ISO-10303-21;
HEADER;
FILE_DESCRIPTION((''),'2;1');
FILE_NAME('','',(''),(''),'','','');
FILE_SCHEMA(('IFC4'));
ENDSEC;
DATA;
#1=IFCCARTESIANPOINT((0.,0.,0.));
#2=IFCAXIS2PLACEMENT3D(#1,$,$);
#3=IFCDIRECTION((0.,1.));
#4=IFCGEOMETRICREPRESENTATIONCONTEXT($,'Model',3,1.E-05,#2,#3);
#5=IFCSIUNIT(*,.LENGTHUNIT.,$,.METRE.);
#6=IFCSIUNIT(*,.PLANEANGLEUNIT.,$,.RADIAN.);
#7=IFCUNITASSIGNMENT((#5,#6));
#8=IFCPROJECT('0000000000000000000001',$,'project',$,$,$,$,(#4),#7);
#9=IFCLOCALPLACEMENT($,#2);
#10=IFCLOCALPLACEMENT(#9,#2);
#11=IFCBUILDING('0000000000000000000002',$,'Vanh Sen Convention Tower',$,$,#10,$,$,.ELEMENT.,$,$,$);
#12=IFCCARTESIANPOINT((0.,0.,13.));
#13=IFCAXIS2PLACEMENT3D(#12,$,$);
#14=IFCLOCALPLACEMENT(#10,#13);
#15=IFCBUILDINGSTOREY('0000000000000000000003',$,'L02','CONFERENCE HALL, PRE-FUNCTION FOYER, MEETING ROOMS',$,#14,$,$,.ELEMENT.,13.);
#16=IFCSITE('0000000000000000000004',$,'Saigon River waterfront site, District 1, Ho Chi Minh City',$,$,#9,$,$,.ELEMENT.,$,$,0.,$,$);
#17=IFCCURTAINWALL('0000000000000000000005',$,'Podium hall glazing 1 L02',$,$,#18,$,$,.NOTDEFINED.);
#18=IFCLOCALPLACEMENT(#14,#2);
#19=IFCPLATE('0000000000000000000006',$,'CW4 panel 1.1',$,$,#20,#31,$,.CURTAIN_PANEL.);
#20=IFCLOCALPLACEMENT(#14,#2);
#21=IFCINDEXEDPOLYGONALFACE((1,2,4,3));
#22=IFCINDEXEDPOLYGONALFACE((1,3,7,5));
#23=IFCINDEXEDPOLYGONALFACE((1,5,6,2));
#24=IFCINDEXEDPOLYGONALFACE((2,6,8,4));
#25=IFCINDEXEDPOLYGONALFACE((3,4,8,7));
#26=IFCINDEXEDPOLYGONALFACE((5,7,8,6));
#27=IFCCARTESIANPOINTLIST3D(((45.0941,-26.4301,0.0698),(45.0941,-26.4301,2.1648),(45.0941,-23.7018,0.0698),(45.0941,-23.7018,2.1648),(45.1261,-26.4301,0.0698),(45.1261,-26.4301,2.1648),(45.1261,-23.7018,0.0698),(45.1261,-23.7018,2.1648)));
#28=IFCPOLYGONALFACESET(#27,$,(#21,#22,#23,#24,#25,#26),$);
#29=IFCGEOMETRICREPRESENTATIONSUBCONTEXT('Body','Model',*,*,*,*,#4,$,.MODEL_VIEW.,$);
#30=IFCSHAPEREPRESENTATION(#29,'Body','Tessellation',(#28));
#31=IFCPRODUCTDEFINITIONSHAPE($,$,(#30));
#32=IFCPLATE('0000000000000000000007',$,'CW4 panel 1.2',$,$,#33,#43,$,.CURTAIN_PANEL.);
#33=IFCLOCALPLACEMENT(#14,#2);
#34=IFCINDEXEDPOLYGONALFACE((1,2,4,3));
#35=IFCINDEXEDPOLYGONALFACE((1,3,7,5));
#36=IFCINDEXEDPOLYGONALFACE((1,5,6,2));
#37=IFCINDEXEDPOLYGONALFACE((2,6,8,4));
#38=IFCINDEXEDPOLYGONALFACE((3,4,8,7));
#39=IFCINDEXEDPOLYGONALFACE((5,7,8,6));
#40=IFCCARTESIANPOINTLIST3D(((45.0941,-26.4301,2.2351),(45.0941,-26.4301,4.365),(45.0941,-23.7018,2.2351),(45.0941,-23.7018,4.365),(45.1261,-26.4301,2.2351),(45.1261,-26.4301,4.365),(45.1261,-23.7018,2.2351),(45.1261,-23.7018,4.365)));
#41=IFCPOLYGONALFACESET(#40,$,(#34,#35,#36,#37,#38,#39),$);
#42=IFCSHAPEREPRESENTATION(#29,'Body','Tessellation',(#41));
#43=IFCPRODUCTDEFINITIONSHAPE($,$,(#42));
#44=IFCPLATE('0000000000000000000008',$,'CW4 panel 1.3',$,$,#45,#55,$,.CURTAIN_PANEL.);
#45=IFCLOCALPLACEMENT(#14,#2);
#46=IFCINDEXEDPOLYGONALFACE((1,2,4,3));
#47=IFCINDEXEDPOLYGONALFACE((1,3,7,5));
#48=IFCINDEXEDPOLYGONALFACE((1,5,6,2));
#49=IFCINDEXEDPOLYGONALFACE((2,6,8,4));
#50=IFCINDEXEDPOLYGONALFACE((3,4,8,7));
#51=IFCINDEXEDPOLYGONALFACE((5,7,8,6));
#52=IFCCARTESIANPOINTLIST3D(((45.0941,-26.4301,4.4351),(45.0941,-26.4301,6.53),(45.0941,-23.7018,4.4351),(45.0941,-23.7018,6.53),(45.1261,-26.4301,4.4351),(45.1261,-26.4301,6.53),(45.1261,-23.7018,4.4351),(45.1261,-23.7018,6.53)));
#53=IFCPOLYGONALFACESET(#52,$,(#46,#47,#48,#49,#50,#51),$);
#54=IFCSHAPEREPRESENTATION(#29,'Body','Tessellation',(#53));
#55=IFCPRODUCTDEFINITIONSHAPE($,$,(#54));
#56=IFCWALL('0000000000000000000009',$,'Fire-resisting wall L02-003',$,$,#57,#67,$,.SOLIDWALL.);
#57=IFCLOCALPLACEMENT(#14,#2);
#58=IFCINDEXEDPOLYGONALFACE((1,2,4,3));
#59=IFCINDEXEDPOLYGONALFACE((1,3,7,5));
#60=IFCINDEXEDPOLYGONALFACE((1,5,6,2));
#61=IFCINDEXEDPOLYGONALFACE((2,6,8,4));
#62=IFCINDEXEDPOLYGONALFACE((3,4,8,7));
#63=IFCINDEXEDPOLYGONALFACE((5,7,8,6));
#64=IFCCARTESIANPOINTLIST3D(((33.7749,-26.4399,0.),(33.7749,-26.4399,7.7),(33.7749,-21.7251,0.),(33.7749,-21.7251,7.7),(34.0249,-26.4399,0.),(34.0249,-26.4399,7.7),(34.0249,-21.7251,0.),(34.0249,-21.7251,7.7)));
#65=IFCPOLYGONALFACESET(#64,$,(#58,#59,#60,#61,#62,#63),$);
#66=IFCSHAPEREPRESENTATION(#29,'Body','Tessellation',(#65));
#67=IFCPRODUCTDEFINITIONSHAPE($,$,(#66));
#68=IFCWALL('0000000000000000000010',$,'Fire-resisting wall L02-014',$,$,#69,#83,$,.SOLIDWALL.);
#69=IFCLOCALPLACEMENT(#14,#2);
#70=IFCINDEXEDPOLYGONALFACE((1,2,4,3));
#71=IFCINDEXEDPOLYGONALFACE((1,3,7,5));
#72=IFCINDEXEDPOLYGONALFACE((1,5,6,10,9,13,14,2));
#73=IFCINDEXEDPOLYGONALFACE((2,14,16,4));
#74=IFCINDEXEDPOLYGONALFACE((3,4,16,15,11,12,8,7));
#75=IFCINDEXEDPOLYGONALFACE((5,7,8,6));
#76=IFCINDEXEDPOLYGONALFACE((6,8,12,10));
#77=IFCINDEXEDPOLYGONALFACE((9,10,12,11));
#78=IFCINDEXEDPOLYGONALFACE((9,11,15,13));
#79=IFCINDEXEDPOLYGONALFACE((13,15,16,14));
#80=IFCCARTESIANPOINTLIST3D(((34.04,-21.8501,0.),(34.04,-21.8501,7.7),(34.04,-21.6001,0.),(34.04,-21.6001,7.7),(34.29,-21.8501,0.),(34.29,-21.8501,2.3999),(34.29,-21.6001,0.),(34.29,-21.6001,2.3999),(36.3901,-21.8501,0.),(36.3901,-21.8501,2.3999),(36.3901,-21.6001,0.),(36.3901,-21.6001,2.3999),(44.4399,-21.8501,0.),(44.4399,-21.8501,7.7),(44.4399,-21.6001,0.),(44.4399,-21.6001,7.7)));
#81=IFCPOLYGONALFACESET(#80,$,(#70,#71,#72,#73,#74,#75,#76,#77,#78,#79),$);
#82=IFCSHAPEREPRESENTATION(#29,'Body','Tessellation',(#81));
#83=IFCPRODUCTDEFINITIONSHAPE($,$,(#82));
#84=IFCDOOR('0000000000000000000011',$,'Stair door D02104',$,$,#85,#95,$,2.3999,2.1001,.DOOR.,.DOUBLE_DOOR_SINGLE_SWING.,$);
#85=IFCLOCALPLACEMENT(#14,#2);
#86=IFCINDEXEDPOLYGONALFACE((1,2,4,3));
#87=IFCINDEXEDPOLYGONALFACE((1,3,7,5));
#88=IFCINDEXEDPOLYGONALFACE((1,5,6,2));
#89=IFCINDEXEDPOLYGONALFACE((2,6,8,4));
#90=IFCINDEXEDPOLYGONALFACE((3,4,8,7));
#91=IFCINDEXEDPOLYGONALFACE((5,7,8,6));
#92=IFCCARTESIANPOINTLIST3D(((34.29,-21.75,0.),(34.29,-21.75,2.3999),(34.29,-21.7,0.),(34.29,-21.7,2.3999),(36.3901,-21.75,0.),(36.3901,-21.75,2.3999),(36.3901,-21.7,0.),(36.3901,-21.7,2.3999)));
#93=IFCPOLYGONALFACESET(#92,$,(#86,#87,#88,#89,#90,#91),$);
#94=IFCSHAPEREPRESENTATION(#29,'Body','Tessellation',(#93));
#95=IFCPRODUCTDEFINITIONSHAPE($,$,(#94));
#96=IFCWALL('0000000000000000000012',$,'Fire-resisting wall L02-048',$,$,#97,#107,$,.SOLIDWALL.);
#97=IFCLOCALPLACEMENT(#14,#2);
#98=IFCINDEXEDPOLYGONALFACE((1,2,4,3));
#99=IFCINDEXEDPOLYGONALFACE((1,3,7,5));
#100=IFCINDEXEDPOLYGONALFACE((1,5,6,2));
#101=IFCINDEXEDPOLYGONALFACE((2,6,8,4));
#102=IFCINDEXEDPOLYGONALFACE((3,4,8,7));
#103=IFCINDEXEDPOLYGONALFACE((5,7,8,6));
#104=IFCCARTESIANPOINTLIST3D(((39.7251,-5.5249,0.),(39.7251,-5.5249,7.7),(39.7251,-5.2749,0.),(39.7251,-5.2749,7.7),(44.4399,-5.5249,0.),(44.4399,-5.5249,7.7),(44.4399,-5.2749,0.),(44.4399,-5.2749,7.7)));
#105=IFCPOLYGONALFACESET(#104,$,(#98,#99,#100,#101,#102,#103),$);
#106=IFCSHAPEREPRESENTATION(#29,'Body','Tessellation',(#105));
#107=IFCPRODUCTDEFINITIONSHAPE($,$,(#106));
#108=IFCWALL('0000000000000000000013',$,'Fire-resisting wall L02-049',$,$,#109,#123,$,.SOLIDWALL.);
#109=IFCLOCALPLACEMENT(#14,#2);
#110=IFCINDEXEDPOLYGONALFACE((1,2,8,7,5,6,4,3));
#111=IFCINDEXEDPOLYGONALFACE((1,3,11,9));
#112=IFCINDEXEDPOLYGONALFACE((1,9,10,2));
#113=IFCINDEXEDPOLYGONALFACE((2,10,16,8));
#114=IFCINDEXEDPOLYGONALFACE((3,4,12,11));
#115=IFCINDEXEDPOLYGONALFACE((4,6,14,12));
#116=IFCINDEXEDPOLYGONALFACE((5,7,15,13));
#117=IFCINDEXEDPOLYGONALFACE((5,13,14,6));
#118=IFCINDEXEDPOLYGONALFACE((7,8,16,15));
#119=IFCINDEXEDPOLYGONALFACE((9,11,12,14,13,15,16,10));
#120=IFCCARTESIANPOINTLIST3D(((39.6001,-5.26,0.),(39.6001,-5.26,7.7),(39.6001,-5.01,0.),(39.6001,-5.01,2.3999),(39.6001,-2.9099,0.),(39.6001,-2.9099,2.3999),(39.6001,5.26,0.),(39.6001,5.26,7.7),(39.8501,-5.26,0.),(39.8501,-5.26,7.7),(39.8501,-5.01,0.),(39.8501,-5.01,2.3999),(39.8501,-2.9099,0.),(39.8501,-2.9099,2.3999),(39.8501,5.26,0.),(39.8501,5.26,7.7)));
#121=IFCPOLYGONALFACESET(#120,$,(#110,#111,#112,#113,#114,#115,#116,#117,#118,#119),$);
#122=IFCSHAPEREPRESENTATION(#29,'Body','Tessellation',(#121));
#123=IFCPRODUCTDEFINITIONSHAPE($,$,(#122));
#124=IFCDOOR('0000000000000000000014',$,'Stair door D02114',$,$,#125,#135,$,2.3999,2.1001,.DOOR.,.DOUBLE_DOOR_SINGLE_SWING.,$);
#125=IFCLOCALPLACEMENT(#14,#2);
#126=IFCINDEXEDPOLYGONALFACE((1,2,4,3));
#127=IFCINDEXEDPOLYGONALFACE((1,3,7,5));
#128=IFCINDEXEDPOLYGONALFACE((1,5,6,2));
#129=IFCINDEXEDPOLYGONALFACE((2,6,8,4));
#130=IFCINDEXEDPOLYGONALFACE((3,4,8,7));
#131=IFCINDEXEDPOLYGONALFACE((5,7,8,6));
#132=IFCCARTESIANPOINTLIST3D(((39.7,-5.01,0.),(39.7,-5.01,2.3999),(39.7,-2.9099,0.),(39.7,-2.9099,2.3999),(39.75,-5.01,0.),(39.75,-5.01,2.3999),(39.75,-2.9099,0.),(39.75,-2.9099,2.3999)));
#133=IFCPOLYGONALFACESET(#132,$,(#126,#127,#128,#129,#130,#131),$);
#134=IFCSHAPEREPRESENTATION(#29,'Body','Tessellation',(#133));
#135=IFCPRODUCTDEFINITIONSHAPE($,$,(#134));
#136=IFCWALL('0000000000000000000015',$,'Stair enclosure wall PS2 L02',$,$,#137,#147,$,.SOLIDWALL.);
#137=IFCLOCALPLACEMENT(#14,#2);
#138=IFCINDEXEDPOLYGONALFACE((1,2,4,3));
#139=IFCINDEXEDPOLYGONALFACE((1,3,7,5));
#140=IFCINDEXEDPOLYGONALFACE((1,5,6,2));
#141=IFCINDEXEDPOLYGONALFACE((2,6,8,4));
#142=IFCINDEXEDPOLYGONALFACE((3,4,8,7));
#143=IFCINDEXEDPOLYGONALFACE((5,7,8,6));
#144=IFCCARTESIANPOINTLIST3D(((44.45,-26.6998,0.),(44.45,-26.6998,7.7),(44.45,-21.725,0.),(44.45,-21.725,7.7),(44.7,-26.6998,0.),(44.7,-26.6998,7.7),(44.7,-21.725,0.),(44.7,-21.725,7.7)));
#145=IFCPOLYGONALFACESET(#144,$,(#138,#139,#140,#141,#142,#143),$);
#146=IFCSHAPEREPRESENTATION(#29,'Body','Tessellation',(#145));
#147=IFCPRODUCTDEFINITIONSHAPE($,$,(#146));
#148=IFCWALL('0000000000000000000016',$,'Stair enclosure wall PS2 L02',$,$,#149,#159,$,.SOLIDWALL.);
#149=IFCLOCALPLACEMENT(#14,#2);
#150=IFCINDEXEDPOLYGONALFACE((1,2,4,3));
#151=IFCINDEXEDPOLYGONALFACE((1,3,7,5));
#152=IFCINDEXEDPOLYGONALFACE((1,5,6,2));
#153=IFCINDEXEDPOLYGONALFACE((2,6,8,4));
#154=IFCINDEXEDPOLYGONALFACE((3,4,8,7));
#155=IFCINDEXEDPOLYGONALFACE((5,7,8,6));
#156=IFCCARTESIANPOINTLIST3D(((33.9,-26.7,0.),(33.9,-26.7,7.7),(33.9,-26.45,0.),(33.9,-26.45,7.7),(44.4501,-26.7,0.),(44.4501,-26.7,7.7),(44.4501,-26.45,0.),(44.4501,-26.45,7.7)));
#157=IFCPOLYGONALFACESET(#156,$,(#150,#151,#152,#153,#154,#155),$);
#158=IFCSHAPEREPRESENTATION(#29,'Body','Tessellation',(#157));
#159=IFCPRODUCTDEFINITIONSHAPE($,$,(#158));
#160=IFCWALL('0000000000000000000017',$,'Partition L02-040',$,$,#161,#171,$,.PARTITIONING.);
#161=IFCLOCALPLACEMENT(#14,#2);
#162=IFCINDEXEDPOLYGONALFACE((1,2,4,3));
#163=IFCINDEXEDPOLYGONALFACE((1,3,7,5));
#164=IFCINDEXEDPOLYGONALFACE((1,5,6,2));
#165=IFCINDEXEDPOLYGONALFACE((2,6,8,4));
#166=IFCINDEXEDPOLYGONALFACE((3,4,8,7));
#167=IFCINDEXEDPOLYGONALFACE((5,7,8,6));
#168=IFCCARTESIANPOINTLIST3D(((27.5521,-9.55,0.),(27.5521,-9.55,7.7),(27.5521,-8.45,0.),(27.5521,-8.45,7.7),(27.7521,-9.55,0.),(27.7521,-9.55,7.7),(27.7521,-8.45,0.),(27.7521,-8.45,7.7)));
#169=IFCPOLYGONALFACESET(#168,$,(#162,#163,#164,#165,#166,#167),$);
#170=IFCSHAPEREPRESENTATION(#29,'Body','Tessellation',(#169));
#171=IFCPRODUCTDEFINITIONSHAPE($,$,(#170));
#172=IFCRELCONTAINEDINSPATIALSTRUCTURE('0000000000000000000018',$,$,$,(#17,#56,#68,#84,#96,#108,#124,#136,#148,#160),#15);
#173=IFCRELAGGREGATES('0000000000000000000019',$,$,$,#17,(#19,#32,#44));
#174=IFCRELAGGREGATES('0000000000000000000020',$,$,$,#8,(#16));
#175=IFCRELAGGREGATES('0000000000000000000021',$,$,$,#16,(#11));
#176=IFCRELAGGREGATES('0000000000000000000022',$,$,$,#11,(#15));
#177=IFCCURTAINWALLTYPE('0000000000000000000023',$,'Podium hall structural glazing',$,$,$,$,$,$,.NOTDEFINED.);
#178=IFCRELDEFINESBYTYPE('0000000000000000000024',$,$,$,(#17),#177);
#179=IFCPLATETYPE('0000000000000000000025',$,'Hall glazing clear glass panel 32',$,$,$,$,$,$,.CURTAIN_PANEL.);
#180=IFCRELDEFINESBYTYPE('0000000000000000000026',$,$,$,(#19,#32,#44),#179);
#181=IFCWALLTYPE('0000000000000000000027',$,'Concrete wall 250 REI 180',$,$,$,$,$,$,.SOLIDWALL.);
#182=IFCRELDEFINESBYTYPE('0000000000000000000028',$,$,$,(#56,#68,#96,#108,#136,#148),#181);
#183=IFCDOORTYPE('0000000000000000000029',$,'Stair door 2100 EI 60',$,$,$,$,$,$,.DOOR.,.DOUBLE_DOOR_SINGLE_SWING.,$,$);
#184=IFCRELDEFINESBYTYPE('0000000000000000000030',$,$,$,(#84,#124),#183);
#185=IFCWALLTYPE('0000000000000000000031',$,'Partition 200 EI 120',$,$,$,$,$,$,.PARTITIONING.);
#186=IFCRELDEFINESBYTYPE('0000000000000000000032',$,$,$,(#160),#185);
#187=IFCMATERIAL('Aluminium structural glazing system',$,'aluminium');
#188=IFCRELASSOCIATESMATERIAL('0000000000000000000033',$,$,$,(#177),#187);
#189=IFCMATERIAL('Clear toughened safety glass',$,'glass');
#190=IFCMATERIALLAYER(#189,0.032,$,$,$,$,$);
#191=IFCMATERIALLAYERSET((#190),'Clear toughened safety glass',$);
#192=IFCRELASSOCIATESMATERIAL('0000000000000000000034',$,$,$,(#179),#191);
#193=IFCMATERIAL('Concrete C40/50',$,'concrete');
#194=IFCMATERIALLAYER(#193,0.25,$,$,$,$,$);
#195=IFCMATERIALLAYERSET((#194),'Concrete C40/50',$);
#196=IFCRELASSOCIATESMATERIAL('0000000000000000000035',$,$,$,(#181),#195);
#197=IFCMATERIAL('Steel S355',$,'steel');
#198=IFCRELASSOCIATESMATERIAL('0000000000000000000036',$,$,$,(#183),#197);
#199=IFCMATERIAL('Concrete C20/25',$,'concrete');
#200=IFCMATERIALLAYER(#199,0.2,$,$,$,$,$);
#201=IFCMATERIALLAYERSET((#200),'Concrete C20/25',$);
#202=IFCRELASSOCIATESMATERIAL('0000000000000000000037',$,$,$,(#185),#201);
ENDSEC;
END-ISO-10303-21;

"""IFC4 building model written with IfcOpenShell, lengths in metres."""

from ifc_helpers import new_model, si_unit, direction, frame, frame_2d, origin, origin_2d, place, context, subcontext, project, spatial, rectangle, extrude, material, layer, layer_set, type_object, element, fill, aggregate, save


model = new_model("IFC4")

# Units and contexts
model_context = context("Model", 3, precision=1e-05, world=origin(), true_north=direction((0.0, 1.0)))
body_context = subcontext(model_context, "Body", "Model", "MODEL_VIEW")
ifc_project = project(units=[si_unit("LENGTHUNIT", "METRE"), si_unit("PLANEANGLEUNIT", "RADIAN")], contexts=[model_context])

# Site, building, storey
site_placement = place(None, origin())
site = spatial("IfcSite", under=ifc_project, at=site_placement, Name="Saigon River waterfront site, District 1, Ho Chi Minh City", CompositionType="ELEMENT", RefElevation=0.0)
building_placement = place(site_placement, origin())
building = spatial("IfcBuilding", under=site, at=building_placement, Name="Vanh Sen Convention Tower", CompositionType="ELEMENT")
storey_placement = place(building_placement, frame((0.0, 0.0, 13.0)))
storey = spatial("IfcBuildingStorey", under=building, at=storey_placement, Name="L02", Description="CONFERENCE HALL, PRE-FUNCTION FOYER, MEETING ROOMS", CompositionType="ELEMENT", Elevation=13.0)

# Curtain wall
ifc_material_1 = material(Name="Aluminium structural glazing system", Category="aluminium")
curtain_wall_type = type_object("IfcCurtainWallType", Name="Podium hall structural glazing", PredefinedType="NOTDEFINED", material=ifc_material_1)
curtain_wall_placement = place(storey_placement, origin())
curtain_wall = element("IfcCurtainWall", 1, at=curtain_wall_placement, inside=storey, type_object=curtain_wall_type, Name="Podium hall glazing 1 L02", PredefinedType="NOTDEFINED")

# Plates
ifc_material_2 = material(Name="Clear toughened safety glass", Category="glass")
ifc_layer_1 = layer(ifc_material_2, 0.032)
ifc_layer_set_1 = layer_set([ifc_layer_1], Name="Clear toughened safety glass")
plate_type = type_object("IfcPlateType", Name="Hall glazing clear glass panel 32", PredefinedType="CURTAIN_PANEL", material=ifc_layer_set_1)
plate_1_placement = place(storey_placement, frame((45.1101, -25.0659, 0.0698), z_axis=(0.0, 0.0, 1.0), x_axis=(0.0, 1.0, 0.0)))
plate_1 = element("IfcPlate", 2, at=plate_1_placement, type_object=plate_type, Name="CW4 panel 1.1", PredefinedType="CURTAIN_PANEL", context=body_context, shape_type="SweptSolid", body=[
    extrude(rectangle(XDim=2.7283, YDim=0.032, at=origin_2d()), origin(), (0.0, 0.0, 1.0), 2.095),
])
plate_2_placement = place(storey_placement, frame((45.1101, -25.0659, 2.2351), z_axis=(0.0, 0.0, 1.0), x_axis=(0.0, 1.0, 0.0)))
plate_2 = element("IfcPlate", 3, at=plate_2_placement, type_object=plate_type, Name="CW4 panel 1.2", PredefinedType="CURTAIN_PANEL", context=body_context, shape_type="SweptSolid", body=[
    extrude(rectangle(XDim=2.7283, YDim=0.032, at=origin_2d()), origin(), (0.0, 0.0, 1.0), 2.1299),
])
plate_3_placement = place(storey_placement, frame((45.1101, -25.0659, 4.4351), z_axis=(0.0, 0.0, 1.0), x_axis=(0.0, 1.0, 0.0)))
plate_3 = element("IfcPlate", 4, at=plate_3_placement, type_object=plate_type, Name="CW4 panel 1.3", PredefinedType="CURTAIN_PANEL", context=body_context, shape_type="SweptSolid", body=[
    extrude(rectangle(XDim=2.7283, YDim=0.032, at=origin_2d()), origin(), (0.0, 0.0, 1.0), 2.095),
])
aggregate(curtain_wall, [plate_1, plate_2, plate_3])

# Wall
ifc_material_3 = material(Name="Concrete C40/50", Category="concrete")
ifc_layer_2 = layer(ifc_material_3, 0.25)
ifc_layer_set_2 = layer_set([ifc_layer_2], Name="Concrete C40/50")
wall_type_1 = type_object("IfcWallType", Name="Concrete wall 250 REI 180", PredefinedType="SOLIDWALL", material=ifc_layer_set_2)
wall_1_placement = place(storey_placement, frame((33.8999, -26.4399, 0.0), z_axis=(0.0, 0.0, 1.0), x_axis=(0.0, 1.0, 0.0)))
element("IfcWall", 5, at=wall_1_placement, inside=storey, type_object=wall_type_1, Name="Fire-resisting wall L02-003", PredefinedType="SOLIDWALL", context=body_context, shape_type="SweptSolid", body=[
    extrude(rectangle(XDim=4.7148, YDim=0.25, at=frame_2d((2.3574, 0.0))), origin(), (0.0, 0.0, 1.0), 7.7),
])

# Wall, opening, door
wall_2_placement = place(storey_placement, frame((34.04, -21.7251, 0.0), z_axis=(0.0, 0.0, 1.0), x_axis=(1.0, 0.0, 0.0)))
wall_2 = element("IfcWall", 6, at=wall_2_placement, inside=storey, type_object=wall_type_1, Name="Fire-resisting wall L02-014", PredefinedType="SOLIDWALL", context=body_context, shape_type="SweptSolid", body=[
    extrude(rectangle(XDim=10.3999, YDim=0.25, at=frame_2d((5.2, 0.0))), origin(), (0.0, 0.0, 1.0), 7.7),
])
opening_1_placement = place(wall_2_placement, frame((0.25, 0.0, 0.0)))
opening_1 = element("IfcOpeningElement", 7, at=opening_1_placement, cuts=wall_2, PredefinedType="OPENING", context=body_context, shape_type="SweptSolid", body=[
    extrude(rectangle(XDim=2.1001, YDim=2.3999, at=frame_2d((1.05, 1.2))), frame((0.0, 0.135, 0.0), z_axis=(0.0, -1.0, 0.0), x_axis=(1.0, 0.0, 0.0)), (0.0, 0.0, 1.0), 0.27),
])
ifc_material_4 = material(Name="Steel S355", Category="steel")
door_type = type_object("IfcDoorType", Name="Stair door 2100 EI 60", OperationType="DOUBLE_DOOR_SINGLE_SWING", PredefinedType="DOOR", material=ifc_material_4)
door_1_placement = place(opening_1_placement, frame((2.1001, 0.0, 0.0), z_axis=(0.0, 0.0, 1.0), x_axis=(-1.0, 0.0, 0.0)))
door_1 = element("IfcDoor", 8, at=door_1_placement, inside=storey, type_object=door_type, Name="Stair door D02104", OperationType="DOUBLE_DOOR_SINGLE_SWING", OverallHeight=2.3999, OverallWidth=2.1001, PredefinedType="DOOR", context=body_context, shape_type="SweptSolid", body=[
    extrude(rectangle(XDim=2.1001, YDim=2.3999, at=frame_2d((1.05, 1.2))), frame((0.0, 0.0249, 0.0), z_axis=(0.0, -1.0, 0.0), x_axis=(1.0, 0.0, 0.0)), (0.0, 0.0, 1.0), 0.05),
])
fill(opening_1, door_1)

# Wall
wall_3_placement = place(storey_placement, frame((44.4399, -5.3999, 0.0), z_axis=(0.0, 0.0, 1.0), x_axis=(-1.0, 0.0, 0.0)))
element("IfcWall", 9, at=wall_3_placement, inside=storey, type_object=wall_type_1, Name="Fire-resisting wall L02-048", PredefinedType="SOLIDWALL", context=body_context, shape_type="SweptSolid", body=[
    extrude(rectangle(XDim=4.7148, YDim=0.25, at=frame_2d((2.3574, 0.0))), origin(), (0.0, 0.0, 1.0), 7.7),
])

# Wall, opening, door
wall_4_placement = place(storey_placement, frame((39.7251, -5.26, 0.0), z_axis=(0.0, 0.0, 1.0), x_axis=(0.0, 1.0, 0.0)))
wall_4 = element("IfcWall", 10, at=wall_4_placement, inside=storey, type_object=wall_type_1, Name="Fire-resisting wall L02-049", PredefinedType="SOLIDWALL", context=body_context, shape_type="SweptSolid", body=[
    extrude(rectangle(XDim=10.52, YDim=0.25, at=frame_2d((5.26, 0.0))), origin(), (0.0, 0.0, 1.0), 7.7),
])
opening_2_placement = place(wall_4_placement, frame((0.25, 0.0, 0.0)))
opening_2 = element("IfcOpeningElement", 11, at=opening_2_placement, cuts=wall_4, PredefinedType="OPENING", context=body_context, shape_type="SweptSolid", body=[
    extrude(rectangle(XDim=2.1001, YDim=2.3999, at=frame_2d((1.05, 1.2))), frame((0.0, 0.135, 0.0), z_axis=(0.0, -1.0, 0.0), x_axis=(1.0, 0.0, 0.0)), (0.0, 0.0, 1.0), 0.27),
])
door_2_placement = place(opening_2_placement, frame((2.1001, 0.0, 0.0), z_axis=(0.0, 0.0, 1.0), x_axis=(-1.0, 0.0, 0.0)))
door_2 = element("IfcDoor", 12, at=door_2_placement, inside=storey, type_object=door_type, Name="Stair door D02114", OperationType="DOUBLE_DOOR_SINGLE_SWING", OverallHeight=2.3999, OverallWidth=2.1001, PredefinedType="DOOR", context=body_context, shape_type="SweptSolid", body=[
    extrude(rectangle(XDim=2.1001, YDim=2.3999, at=frame_2d((1.05, 1.2))), frame((0.0, 0.0249, 0.0), z_axis=(0.0, -1.0, 0.0), x_axis=(1.0, 0.0, 0.0)), (0.0, 0.0, 1.0), 0.05),
])
fill(opening_2, door_2)

# Walls
wall_5_placement = place(storey_placement, frame((44.575, -21.7251, 0.0), z_axis=(0.0, 0.0, 1.0), x_axis=(0.0, -1.0, 0.0)))
element("IfcWall", 13, at=wall_5_placement, inside=storey, type_object=wall_type_1, Name="Stair enclosure wall PS2 L02", PredefinedType="SOLIDWALL", context=body_context, shape_type="SweptSolid", body=[
    extrude(rectangle(XDim=4.9749, YDim=0.25, at=frame_2d((2.4873, 0.0))), origin(), (0.0, 0.0, 1.0), 7.7),
])
wall_6_placement = place(storey_placement, frame((44.45, -26.575, 0.0), z_axis=(0.0, 0.0, 1.0), x_axis=(-1.0, 0.0, 0.0)))
element("IfcWall", 14, at=wall_6_placement, inside=storey, type_object=wall_type_1, Name="Stair enclosure wall PS2 L02", PredefinedType="SOLIDWALL", context=body_context, shape_type="SweptSolid", body=[
    extrude(rectangle(XDim=10.55, YDim=0.25, at=frame_2d((5.2749, 0.0))), origin(), (0.0, 0.0, 1.0), 7.7),
])
ifc_material_5 = material(Name="Concrete C20/25", Category="concrete")
ifc_layer_3 = layer(ifc_material_5, 0.2)
ifc_layer_set_3 = layer_set([ifc_layer_3], Name="Concrete C20/25")
wall_type_2 = type_object("IfcWallType", Name="Partition 200 EI 120", PredefinedType="PARTITIONING", material=ifc_layer_set_3)
wall_7_placement = place(storey_placement, frame((27.6521, -9.55, 0.0), z_axis=(0.0, 0.0, 1.0), x_axis=(0.0, 1.0, 0.0)))
element("IfcWall", 15, at=wall_7_placement, inside=storey, type_object=wall_type_2, Name="Partition L02-040", PredefinedType="PARTITIONING", context=body_context, shape_type="SweptSolid", body=[
    extrude(rectangle(XDim=1.1001, YDim=0.2, at=frame_2d((0.55, 0.0))), origin(), (0.0, 0.0, 1.0), 7.7),
])

save(model, "model.ifc")
